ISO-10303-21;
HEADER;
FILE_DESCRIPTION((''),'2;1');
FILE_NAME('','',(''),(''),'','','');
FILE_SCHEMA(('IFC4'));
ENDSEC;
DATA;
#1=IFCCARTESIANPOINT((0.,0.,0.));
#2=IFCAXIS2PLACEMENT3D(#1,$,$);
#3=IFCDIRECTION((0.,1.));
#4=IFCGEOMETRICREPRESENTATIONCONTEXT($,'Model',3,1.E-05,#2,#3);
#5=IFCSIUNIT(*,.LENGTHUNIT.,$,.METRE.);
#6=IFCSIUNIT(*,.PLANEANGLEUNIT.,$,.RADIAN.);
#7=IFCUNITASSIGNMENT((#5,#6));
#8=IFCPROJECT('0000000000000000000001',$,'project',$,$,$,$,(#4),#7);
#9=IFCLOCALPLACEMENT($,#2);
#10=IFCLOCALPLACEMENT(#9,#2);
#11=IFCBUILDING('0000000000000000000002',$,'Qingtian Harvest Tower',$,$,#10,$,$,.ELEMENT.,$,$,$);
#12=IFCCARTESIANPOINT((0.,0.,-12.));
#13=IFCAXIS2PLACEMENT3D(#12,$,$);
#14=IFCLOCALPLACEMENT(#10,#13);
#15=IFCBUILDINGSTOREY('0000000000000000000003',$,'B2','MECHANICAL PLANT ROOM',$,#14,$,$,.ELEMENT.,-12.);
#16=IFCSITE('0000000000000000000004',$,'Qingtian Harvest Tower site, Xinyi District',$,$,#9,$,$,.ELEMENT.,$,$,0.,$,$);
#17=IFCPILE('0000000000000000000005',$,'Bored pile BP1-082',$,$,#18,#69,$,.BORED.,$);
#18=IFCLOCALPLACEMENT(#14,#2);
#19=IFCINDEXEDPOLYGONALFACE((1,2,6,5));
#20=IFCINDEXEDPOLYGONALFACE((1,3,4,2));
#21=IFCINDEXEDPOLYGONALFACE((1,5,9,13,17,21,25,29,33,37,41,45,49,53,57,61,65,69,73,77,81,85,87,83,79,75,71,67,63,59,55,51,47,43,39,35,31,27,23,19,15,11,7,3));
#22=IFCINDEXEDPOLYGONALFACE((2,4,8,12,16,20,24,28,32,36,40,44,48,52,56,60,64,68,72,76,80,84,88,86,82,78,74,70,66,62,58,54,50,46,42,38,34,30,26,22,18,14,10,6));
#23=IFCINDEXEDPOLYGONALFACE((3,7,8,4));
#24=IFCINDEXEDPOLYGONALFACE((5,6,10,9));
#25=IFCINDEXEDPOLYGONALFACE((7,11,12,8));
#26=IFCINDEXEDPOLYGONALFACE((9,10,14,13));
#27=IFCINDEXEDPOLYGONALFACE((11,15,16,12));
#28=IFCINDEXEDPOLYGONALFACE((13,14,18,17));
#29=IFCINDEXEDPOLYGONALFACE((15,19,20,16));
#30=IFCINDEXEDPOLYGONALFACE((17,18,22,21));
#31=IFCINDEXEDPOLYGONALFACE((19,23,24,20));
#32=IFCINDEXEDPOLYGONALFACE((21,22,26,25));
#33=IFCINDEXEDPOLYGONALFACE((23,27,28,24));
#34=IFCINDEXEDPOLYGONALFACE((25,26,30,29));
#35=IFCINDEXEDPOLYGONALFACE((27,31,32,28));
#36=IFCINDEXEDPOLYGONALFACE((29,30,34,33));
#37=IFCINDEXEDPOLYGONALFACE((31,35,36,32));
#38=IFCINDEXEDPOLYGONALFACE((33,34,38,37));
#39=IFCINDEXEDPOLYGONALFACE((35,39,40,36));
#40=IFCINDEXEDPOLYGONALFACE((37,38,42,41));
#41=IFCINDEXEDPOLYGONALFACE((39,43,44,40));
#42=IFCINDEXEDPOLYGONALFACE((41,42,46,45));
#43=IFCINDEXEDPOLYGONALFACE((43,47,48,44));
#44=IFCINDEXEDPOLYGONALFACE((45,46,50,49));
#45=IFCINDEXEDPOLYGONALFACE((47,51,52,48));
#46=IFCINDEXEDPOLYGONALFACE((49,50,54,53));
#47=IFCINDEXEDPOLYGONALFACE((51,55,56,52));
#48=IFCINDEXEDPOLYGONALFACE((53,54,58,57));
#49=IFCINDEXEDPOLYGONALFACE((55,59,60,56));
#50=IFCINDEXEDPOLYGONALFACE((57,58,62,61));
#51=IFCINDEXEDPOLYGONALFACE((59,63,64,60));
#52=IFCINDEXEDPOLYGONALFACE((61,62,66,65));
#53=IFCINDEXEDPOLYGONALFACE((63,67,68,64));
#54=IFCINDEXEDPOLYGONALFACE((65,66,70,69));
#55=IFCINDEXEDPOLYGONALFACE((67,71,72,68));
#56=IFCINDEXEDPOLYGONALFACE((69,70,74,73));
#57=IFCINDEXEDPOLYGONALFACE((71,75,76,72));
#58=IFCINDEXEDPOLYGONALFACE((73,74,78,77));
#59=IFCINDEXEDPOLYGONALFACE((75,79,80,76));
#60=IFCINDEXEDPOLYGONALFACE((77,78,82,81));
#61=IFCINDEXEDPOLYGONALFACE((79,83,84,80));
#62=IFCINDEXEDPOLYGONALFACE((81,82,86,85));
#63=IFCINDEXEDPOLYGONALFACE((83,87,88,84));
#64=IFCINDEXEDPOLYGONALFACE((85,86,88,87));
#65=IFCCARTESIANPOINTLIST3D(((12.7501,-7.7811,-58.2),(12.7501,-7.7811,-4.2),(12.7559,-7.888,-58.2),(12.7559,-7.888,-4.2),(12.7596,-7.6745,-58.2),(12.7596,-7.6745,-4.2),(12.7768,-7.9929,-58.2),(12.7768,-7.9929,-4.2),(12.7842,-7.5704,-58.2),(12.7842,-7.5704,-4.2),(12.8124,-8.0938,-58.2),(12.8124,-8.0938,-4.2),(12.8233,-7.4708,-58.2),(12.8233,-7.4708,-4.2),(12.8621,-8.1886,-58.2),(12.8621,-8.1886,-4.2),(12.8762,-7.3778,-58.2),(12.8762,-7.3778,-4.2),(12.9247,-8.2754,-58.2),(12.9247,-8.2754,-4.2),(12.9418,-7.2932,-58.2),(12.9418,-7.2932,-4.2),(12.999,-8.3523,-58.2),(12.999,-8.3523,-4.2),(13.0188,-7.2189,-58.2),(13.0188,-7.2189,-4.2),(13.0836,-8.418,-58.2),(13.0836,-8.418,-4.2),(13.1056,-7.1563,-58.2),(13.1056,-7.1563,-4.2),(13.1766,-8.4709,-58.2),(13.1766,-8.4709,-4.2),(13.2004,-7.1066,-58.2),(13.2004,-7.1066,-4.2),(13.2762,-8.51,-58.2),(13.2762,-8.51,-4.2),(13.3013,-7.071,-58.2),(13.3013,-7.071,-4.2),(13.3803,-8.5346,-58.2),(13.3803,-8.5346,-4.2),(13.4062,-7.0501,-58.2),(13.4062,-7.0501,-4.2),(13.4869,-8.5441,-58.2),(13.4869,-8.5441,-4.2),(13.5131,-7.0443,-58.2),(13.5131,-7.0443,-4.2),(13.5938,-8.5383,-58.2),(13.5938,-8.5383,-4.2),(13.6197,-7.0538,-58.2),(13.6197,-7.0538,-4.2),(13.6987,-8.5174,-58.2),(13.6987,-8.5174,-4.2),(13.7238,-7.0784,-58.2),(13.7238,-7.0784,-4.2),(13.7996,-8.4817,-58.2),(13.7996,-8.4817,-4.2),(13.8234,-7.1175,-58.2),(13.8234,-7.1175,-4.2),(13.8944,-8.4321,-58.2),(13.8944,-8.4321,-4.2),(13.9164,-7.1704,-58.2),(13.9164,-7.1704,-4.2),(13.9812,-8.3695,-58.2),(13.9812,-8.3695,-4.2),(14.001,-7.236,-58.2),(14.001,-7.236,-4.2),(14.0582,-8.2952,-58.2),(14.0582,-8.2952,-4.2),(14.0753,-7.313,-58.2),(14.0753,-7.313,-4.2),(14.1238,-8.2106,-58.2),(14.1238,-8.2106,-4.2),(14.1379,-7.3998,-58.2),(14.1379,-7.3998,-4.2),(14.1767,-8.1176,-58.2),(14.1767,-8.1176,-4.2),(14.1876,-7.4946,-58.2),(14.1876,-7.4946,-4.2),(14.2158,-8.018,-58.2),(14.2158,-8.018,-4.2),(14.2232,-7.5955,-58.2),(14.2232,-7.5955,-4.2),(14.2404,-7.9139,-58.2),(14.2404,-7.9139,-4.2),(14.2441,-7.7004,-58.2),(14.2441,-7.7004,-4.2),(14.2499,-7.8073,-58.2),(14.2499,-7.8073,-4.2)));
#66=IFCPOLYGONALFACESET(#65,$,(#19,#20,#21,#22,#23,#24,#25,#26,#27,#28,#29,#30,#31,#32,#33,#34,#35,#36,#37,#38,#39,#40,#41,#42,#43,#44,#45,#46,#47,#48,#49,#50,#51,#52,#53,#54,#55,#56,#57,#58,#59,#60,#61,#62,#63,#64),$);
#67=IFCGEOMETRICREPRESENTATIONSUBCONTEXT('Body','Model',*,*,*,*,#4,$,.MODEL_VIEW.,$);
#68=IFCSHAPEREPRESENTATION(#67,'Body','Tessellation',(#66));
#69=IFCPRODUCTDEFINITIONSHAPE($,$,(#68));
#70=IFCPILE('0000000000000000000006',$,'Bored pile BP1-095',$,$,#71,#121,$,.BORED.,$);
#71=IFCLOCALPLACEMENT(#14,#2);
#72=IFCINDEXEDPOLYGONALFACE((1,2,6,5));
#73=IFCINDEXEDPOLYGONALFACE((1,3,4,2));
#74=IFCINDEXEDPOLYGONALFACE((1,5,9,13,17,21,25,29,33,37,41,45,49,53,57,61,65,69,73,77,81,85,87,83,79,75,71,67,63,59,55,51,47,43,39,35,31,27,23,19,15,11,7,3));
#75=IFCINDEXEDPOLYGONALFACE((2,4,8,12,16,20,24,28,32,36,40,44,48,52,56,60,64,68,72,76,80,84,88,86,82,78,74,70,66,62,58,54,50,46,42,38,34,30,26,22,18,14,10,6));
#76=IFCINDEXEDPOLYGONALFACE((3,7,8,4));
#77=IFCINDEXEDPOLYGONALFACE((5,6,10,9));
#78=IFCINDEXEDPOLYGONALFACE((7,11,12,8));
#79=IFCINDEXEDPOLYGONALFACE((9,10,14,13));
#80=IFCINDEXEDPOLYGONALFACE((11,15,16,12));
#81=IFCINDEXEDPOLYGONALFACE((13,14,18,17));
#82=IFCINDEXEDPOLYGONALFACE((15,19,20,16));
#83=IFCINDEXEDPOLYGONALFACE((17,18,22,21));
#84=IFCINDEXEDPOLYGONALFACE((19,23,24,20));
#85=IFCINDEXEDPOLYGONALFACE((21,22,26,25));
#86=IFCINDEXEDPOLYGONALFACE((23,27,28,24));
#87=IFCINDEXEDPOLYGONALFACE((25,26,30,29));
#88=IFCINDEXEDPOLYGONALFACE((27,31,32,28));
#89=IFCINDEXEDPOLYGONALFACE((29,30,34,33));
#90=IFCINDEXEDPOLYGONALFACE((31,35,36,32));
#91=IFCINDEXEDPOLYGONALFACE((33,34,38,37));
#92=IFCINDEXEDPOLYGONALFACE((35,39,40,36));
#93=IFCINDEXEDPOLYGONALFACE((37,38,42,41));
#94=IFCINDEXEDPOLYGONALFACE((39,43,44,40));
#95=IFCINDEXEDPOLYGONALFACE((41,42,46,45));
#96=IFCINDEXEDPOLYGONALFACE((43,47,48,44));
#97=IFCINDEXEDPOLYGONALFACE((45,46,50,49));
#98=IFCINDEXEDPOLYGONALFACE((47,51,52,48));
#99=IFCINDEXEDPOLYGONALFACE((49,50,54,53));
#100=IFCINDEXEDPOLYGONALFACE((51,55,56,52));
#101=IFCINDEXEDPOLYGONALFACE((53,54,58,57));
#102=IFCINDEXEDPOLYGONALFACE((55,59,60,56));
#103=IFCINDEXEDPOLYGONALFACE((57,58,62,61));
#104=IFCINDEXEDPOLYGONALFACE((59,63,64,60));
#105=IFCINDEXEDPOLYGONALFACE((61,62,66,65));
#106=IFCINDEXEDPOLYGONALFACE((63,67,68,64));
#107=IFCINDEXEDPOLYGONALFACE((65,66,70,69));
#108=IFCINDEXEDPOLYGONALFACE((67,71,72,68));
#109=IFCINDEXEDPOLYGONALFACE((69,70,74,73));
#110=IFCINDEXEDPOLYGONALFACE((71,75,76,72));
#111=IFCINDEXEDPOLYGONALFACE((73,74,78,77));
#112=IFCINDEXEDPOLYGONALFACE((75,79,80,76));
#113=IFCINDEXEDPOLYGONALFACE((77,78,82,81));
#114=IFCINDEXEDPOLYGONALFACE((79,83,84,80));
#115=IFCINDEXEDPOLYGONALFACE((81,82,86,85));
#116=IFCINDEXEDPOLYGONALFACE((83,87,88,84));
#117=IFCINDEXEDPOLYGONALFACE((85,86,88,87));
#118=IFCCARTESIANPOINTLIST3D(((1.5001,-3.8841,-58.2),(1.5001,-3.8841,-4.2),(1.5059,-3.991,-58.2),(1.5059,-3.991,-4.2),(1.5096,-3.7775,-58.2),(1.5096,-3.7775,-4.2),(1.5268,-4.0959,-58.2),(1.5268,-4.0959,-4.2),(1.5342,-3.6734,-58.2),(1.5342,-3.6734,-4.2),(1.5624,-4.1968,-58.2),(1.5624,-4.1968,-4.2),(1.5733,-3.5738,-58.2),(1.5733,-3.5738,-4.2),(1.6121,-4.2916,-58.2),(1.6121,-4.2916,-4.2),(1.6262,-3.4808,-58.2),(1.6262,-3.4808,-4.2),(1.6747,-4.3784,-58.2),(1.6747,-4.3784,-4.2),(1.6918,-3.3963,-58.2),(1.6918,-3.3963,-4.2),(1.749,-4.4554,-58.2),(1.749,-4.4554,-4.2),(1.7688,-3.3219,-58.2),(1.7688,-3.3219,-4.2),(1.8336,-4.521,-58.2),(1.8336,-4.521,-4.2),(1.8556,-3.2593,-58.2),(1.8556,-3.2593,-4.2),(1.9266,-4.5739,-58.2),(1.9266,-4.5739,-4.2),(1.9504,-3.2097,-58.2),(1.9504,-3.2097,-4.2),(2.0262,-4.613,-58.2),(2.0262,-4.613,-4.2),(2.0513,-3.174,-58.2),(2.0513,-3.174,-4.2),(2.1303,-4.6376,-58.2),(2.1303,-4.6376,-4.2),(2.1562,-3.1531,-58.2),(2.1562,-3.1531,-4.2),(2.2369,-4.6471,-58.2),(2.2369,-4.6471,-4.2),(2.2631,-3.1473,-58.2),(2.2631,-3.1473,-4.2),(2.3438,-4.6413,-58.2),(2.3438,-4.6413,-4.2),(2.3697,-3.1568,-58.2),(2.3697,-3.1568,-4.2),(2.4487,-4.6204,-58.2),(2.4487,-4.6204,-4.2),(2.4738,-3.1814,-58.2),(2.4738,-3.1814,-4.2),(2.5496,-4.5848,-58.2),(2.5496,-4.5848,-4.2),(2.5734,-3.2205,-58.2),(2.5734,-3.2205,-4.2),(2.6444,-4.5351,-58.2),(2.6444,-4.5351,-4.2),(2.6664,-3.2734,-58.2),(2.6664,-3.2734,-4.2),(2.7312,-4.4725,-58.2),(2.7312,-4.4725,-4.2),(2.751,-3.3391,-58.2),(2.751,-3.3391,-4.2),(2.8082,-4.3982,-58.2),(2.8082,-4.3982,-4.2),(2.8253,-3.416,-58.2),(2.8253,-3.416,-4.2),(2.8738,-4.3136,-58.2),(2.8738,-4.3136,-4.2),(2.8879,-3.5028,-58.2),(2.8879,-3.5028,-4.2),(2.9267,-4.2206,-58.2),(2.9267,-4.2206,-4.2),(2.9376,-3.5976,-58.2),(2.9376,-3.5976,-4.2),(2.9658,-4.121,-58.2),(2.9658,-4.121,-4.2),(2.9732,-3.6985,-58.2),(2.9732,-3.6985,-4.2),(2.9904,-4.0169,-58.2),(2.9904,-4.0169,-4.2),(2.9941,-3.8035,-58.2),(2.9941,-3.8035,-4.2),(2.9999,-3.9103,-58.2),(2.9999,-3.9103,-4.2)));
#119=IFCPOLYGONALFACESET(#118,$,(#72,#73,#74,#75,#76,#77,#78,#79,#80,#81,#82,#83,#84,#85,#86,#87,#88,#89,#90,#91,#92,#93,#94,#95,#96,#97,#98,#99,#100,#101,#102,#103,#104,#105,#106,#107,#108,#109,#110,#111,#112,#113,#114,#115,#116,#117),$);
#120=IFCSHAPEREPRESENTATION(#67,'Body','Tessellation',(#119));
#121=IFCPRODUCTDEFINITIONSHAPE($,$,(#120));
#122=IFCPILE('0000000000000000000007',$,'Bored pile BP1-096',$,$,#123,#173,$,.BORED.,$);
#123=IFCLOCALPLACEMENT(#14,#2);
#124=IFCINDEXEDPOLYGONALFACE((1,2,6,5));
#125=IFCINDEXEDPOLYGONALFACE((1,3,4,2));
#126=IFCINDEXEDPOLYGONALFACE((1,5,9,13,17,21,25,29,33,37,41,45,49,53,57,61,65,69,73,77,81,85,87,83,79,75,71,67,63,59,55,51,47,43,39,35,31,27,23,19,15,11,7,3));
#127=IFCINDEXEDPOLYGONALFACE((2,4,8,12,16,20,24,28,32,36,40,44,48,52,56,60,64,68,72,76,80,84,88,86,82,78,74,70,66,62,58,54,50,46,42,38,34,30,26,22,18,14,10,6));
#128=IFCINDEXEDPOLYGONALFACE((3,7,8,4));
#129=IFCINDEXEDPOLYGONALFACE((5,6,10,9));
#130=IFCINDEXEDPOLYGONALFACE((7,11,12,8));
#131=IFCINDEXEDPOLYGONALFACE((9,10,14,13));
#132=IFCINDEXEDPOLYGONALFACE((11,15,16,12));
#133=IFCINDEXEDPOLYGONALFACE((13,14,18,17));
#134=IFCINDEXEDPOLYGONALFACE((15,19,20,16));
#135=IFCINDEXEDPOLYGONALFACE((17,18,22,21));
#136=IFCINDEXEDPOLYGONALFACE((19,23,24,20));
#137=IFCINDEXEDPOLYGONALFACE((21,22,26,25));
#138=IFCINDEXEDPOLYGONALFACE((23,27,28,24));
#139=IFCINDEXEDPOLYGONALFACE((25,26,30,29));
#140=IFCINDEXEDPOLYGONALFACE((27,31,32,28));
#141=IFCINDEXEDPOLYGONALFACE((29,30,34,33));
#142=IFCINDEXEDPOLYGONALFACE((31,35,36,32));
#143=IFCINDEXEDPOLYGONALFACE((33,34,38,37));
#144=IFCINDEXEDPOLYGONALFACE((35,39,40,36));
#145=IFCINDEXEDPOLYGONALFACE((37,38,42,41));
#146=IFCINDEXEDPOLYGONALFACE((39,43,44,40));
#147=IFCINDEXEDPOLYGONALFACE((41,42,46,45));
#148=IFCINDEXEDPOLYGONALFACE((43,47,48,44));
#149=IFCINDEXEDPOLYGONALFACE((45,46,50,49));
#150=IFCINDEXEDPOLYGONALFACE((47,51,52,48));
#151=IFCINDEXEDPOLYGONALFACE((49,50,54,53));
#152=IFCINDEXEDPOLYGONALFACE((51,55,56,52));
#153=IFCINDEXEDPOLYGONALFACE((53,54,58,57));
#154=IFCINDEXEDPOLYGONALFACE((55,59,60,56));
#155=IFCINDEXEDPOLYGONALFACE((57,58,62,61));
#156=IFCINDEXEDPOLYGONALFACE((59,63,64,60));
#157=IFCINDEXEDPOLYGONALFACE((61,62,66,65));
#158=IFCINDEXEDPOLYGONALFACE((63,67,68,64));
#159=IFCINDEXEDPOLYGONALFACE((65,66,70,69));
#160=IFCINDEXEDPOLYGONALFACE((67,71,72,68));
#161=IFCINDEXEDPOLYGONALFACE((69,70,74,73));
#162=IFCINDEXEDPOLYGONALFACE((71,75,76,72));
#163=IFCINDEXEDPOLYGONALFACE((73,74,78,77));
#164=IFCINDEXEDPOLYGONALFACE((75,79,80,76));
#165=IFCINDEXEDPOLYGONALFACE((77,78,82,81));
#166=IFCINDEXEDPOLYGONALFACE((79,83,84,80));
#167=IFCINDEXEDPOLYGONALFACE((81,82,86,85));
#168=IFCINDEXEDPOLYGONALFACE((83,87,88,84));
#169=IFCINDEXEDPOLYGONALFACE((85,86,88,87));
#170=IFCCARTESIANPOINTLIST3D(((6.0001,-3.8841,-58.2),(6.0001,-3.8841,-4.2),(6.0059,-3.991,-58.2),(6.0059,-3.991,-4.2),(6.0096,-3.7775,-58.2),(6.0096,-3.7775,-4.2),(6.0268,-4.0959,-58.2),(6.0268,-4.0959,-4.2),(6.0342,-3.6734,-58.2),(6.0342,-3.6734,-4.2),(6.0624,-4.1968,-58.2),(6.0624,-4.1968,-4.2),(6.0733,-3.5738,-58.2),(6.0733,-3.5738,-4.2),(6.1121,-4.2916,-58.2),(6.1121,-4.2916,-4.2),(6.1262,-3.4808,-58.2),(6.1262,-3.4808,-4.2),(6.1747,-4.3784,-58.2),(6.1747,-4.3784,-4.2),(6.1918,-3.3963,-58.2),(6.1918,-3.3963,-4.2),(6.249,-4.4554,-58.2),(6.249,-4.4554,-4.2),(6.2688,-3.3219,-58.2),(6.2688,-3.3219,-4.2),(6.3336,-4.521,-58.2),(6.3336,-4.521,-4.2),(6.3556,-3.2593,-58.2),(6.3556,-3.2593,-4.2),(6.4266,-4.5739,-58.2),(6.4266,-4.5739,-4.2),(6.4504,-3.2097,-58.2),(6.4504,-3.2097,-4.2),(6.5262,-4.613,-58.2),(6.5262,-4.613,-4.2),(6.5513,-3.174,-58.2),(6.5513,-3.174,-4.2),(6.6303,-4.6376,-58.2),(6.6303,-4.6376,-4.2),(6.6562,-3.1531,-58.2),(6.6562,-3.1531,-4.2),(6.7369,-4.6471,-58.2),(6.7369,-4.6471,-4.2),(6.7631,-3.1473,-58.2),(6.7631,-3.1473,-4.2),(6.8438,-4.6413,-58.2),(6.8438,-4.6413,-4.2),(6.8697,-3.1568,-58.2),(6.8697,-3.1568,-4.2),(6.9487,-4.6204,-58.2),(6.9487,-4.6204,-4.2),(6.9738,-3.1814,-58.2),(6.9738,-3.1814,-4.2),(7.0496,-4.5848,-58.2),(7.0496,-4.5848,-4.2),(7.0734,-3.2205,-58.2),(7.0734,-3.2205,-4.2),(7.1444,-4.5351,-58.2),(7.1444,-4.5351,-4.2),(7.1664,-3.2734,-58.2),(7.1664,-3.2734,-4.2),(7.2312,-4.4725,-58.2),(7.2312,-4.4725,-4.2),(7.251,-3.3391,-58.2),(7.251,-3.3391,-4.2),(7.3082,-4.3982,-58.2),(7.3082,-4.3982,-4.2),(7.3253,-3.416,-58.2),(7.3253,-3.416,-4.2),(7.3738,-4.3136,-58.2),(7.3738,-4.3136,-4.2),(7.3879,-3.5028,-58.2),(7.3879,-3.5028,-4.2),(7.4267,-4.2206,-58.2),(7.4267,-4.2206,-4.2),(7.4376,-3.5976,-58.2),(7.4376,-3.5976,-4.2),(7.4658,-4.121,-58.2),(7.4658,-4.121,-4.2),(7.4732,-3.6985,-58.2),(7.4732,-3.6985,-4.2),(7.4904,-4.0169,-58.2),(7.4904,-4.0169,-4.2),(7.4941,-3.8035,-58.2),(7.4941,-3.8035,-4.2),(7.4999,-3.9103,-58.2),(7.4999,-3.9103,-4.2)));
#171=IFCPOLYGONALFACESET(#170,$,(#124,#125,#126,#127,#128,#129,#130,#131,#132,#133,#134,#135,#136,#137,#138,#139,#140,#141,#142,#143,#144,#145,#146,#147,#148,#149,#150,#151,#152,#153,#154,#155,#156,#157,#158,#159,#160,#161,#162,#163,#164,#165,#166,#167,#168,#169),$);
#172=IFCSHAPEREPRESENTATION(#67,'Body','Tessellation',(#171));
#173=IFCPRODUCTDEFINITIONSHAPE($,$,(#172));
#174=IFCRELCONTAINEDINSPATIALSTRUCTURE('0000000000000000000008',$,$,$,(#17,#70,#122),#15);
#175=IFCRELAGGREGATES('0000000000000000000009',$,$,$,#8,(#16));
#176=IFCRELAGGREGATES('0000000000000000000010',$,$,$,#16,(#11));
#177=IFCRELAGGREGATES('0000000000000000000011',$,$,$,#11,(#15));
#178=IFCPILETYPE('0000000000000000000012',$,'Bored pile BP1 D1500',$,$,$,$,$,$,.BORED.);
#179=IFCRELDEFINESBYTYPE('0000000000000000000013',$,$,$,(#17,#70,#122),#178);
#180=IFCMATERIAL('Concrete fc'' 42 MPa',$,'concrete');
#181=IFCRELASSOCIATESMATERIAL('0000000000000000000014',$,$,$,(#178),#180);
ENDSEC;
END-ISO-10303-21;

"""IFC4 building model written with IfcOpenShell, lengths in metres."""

from ifc_helpers import new_model, si_unit, direction, frame, frame_2d, origin, place, context, subcontext, project, spatial, circle, extrude, material, material_profile, profile_set, type_object, element, save


model = new_model("IFC4")

# Units and contexts
model_context = context("Model", 3, precision=1e-05, world=origin(), true_north=direction((0.0, 1.0)))
body_context = subcontext(model_context, "Body", "Model", "MODEL_VIEW")
ifc_project = project(units=[si_unit("LENGTHUNIT", "METRE"), si_unit("PLANEANGLEUNIT", "RADIAN")], contexts=[model_context])

# Site, building, storey
site_placement = place(None, origin())
site = spatial("IfcSite", under=ifc_project, at=site_placement, Name="Qingtian Harvest Tower site, Xinyi District", CompositionType="ELEMENT", RefElevation=0.0)
building_placement = place(site_placement, origin())
building = spatial("IfcBuilding", under=site, at=building_placement, Name="Qingtian Harvest Tower", CompositionType="ELEMENT")
storey_placement = place(building_placement, frame((0.0, 0.0, -12.0)))
storey = spatial("IfcBuildingStorey", under=building, at=storey_placement, Name="B2", Description="MECHANICAL PLANT ROOM", CompositionType="ELEMENT", Elevation=-12.0)

# Piles
ifc_material_1 = material(Name="Concrete fc' 42 MPa", Category="concrete")
ifc_material_profile = material_profile(ifc_material_1, circle(Radius=0.75, at=frame_2d((0.0, 0.0), x_axis=(0.999848, 0.017452))), Name="Bored pile BP1 D1500")
ifc_profile_set = profile_set([ifc_material_profile], Name="Concrete fc' 42 MPa")
pile_type = type_object("IfcPileType", Name="Bored pile BP1 D1500", PredefinedType="BORED", material=ifc_profile_set)
for number, where, z_axis, x_axis, name in (
    (1, (13.5, -7.7942, -4.2), (0.0, 0.0, -1.0), (1.0, 0.0, 0.0), "Bored pile BP1-082"),
    (2, (2.25, -3.8972, -4.2), (0.0, 0.0, -1.0), (1.0, 0.0, 0.0), "Bored pile BP1-095"),
    (3, (6.75, -3.8972, -4.2), (0.0, 0.0, -1.0), (1.0, 0.0, 0.0), "Bored pile BP1-096"),
):
    element("IfcPile", number, at=place(storey_placement, frame(where, z_axis=z_axis, x_axis=x_axis)), inside=storey, type_object=pile_type, Name=name, PredefinedType="BORED", context=body_context, shape_type="SweptSolid", body=[
        extrude(circle(Radius=0.75, at=frame_2d((0.0, 0.0), x_axis=(0.999848, 0.017452))), origin(), (0.0, 0.0, 1.0), 54.0),
    ])

save(model, "model.ifc")
